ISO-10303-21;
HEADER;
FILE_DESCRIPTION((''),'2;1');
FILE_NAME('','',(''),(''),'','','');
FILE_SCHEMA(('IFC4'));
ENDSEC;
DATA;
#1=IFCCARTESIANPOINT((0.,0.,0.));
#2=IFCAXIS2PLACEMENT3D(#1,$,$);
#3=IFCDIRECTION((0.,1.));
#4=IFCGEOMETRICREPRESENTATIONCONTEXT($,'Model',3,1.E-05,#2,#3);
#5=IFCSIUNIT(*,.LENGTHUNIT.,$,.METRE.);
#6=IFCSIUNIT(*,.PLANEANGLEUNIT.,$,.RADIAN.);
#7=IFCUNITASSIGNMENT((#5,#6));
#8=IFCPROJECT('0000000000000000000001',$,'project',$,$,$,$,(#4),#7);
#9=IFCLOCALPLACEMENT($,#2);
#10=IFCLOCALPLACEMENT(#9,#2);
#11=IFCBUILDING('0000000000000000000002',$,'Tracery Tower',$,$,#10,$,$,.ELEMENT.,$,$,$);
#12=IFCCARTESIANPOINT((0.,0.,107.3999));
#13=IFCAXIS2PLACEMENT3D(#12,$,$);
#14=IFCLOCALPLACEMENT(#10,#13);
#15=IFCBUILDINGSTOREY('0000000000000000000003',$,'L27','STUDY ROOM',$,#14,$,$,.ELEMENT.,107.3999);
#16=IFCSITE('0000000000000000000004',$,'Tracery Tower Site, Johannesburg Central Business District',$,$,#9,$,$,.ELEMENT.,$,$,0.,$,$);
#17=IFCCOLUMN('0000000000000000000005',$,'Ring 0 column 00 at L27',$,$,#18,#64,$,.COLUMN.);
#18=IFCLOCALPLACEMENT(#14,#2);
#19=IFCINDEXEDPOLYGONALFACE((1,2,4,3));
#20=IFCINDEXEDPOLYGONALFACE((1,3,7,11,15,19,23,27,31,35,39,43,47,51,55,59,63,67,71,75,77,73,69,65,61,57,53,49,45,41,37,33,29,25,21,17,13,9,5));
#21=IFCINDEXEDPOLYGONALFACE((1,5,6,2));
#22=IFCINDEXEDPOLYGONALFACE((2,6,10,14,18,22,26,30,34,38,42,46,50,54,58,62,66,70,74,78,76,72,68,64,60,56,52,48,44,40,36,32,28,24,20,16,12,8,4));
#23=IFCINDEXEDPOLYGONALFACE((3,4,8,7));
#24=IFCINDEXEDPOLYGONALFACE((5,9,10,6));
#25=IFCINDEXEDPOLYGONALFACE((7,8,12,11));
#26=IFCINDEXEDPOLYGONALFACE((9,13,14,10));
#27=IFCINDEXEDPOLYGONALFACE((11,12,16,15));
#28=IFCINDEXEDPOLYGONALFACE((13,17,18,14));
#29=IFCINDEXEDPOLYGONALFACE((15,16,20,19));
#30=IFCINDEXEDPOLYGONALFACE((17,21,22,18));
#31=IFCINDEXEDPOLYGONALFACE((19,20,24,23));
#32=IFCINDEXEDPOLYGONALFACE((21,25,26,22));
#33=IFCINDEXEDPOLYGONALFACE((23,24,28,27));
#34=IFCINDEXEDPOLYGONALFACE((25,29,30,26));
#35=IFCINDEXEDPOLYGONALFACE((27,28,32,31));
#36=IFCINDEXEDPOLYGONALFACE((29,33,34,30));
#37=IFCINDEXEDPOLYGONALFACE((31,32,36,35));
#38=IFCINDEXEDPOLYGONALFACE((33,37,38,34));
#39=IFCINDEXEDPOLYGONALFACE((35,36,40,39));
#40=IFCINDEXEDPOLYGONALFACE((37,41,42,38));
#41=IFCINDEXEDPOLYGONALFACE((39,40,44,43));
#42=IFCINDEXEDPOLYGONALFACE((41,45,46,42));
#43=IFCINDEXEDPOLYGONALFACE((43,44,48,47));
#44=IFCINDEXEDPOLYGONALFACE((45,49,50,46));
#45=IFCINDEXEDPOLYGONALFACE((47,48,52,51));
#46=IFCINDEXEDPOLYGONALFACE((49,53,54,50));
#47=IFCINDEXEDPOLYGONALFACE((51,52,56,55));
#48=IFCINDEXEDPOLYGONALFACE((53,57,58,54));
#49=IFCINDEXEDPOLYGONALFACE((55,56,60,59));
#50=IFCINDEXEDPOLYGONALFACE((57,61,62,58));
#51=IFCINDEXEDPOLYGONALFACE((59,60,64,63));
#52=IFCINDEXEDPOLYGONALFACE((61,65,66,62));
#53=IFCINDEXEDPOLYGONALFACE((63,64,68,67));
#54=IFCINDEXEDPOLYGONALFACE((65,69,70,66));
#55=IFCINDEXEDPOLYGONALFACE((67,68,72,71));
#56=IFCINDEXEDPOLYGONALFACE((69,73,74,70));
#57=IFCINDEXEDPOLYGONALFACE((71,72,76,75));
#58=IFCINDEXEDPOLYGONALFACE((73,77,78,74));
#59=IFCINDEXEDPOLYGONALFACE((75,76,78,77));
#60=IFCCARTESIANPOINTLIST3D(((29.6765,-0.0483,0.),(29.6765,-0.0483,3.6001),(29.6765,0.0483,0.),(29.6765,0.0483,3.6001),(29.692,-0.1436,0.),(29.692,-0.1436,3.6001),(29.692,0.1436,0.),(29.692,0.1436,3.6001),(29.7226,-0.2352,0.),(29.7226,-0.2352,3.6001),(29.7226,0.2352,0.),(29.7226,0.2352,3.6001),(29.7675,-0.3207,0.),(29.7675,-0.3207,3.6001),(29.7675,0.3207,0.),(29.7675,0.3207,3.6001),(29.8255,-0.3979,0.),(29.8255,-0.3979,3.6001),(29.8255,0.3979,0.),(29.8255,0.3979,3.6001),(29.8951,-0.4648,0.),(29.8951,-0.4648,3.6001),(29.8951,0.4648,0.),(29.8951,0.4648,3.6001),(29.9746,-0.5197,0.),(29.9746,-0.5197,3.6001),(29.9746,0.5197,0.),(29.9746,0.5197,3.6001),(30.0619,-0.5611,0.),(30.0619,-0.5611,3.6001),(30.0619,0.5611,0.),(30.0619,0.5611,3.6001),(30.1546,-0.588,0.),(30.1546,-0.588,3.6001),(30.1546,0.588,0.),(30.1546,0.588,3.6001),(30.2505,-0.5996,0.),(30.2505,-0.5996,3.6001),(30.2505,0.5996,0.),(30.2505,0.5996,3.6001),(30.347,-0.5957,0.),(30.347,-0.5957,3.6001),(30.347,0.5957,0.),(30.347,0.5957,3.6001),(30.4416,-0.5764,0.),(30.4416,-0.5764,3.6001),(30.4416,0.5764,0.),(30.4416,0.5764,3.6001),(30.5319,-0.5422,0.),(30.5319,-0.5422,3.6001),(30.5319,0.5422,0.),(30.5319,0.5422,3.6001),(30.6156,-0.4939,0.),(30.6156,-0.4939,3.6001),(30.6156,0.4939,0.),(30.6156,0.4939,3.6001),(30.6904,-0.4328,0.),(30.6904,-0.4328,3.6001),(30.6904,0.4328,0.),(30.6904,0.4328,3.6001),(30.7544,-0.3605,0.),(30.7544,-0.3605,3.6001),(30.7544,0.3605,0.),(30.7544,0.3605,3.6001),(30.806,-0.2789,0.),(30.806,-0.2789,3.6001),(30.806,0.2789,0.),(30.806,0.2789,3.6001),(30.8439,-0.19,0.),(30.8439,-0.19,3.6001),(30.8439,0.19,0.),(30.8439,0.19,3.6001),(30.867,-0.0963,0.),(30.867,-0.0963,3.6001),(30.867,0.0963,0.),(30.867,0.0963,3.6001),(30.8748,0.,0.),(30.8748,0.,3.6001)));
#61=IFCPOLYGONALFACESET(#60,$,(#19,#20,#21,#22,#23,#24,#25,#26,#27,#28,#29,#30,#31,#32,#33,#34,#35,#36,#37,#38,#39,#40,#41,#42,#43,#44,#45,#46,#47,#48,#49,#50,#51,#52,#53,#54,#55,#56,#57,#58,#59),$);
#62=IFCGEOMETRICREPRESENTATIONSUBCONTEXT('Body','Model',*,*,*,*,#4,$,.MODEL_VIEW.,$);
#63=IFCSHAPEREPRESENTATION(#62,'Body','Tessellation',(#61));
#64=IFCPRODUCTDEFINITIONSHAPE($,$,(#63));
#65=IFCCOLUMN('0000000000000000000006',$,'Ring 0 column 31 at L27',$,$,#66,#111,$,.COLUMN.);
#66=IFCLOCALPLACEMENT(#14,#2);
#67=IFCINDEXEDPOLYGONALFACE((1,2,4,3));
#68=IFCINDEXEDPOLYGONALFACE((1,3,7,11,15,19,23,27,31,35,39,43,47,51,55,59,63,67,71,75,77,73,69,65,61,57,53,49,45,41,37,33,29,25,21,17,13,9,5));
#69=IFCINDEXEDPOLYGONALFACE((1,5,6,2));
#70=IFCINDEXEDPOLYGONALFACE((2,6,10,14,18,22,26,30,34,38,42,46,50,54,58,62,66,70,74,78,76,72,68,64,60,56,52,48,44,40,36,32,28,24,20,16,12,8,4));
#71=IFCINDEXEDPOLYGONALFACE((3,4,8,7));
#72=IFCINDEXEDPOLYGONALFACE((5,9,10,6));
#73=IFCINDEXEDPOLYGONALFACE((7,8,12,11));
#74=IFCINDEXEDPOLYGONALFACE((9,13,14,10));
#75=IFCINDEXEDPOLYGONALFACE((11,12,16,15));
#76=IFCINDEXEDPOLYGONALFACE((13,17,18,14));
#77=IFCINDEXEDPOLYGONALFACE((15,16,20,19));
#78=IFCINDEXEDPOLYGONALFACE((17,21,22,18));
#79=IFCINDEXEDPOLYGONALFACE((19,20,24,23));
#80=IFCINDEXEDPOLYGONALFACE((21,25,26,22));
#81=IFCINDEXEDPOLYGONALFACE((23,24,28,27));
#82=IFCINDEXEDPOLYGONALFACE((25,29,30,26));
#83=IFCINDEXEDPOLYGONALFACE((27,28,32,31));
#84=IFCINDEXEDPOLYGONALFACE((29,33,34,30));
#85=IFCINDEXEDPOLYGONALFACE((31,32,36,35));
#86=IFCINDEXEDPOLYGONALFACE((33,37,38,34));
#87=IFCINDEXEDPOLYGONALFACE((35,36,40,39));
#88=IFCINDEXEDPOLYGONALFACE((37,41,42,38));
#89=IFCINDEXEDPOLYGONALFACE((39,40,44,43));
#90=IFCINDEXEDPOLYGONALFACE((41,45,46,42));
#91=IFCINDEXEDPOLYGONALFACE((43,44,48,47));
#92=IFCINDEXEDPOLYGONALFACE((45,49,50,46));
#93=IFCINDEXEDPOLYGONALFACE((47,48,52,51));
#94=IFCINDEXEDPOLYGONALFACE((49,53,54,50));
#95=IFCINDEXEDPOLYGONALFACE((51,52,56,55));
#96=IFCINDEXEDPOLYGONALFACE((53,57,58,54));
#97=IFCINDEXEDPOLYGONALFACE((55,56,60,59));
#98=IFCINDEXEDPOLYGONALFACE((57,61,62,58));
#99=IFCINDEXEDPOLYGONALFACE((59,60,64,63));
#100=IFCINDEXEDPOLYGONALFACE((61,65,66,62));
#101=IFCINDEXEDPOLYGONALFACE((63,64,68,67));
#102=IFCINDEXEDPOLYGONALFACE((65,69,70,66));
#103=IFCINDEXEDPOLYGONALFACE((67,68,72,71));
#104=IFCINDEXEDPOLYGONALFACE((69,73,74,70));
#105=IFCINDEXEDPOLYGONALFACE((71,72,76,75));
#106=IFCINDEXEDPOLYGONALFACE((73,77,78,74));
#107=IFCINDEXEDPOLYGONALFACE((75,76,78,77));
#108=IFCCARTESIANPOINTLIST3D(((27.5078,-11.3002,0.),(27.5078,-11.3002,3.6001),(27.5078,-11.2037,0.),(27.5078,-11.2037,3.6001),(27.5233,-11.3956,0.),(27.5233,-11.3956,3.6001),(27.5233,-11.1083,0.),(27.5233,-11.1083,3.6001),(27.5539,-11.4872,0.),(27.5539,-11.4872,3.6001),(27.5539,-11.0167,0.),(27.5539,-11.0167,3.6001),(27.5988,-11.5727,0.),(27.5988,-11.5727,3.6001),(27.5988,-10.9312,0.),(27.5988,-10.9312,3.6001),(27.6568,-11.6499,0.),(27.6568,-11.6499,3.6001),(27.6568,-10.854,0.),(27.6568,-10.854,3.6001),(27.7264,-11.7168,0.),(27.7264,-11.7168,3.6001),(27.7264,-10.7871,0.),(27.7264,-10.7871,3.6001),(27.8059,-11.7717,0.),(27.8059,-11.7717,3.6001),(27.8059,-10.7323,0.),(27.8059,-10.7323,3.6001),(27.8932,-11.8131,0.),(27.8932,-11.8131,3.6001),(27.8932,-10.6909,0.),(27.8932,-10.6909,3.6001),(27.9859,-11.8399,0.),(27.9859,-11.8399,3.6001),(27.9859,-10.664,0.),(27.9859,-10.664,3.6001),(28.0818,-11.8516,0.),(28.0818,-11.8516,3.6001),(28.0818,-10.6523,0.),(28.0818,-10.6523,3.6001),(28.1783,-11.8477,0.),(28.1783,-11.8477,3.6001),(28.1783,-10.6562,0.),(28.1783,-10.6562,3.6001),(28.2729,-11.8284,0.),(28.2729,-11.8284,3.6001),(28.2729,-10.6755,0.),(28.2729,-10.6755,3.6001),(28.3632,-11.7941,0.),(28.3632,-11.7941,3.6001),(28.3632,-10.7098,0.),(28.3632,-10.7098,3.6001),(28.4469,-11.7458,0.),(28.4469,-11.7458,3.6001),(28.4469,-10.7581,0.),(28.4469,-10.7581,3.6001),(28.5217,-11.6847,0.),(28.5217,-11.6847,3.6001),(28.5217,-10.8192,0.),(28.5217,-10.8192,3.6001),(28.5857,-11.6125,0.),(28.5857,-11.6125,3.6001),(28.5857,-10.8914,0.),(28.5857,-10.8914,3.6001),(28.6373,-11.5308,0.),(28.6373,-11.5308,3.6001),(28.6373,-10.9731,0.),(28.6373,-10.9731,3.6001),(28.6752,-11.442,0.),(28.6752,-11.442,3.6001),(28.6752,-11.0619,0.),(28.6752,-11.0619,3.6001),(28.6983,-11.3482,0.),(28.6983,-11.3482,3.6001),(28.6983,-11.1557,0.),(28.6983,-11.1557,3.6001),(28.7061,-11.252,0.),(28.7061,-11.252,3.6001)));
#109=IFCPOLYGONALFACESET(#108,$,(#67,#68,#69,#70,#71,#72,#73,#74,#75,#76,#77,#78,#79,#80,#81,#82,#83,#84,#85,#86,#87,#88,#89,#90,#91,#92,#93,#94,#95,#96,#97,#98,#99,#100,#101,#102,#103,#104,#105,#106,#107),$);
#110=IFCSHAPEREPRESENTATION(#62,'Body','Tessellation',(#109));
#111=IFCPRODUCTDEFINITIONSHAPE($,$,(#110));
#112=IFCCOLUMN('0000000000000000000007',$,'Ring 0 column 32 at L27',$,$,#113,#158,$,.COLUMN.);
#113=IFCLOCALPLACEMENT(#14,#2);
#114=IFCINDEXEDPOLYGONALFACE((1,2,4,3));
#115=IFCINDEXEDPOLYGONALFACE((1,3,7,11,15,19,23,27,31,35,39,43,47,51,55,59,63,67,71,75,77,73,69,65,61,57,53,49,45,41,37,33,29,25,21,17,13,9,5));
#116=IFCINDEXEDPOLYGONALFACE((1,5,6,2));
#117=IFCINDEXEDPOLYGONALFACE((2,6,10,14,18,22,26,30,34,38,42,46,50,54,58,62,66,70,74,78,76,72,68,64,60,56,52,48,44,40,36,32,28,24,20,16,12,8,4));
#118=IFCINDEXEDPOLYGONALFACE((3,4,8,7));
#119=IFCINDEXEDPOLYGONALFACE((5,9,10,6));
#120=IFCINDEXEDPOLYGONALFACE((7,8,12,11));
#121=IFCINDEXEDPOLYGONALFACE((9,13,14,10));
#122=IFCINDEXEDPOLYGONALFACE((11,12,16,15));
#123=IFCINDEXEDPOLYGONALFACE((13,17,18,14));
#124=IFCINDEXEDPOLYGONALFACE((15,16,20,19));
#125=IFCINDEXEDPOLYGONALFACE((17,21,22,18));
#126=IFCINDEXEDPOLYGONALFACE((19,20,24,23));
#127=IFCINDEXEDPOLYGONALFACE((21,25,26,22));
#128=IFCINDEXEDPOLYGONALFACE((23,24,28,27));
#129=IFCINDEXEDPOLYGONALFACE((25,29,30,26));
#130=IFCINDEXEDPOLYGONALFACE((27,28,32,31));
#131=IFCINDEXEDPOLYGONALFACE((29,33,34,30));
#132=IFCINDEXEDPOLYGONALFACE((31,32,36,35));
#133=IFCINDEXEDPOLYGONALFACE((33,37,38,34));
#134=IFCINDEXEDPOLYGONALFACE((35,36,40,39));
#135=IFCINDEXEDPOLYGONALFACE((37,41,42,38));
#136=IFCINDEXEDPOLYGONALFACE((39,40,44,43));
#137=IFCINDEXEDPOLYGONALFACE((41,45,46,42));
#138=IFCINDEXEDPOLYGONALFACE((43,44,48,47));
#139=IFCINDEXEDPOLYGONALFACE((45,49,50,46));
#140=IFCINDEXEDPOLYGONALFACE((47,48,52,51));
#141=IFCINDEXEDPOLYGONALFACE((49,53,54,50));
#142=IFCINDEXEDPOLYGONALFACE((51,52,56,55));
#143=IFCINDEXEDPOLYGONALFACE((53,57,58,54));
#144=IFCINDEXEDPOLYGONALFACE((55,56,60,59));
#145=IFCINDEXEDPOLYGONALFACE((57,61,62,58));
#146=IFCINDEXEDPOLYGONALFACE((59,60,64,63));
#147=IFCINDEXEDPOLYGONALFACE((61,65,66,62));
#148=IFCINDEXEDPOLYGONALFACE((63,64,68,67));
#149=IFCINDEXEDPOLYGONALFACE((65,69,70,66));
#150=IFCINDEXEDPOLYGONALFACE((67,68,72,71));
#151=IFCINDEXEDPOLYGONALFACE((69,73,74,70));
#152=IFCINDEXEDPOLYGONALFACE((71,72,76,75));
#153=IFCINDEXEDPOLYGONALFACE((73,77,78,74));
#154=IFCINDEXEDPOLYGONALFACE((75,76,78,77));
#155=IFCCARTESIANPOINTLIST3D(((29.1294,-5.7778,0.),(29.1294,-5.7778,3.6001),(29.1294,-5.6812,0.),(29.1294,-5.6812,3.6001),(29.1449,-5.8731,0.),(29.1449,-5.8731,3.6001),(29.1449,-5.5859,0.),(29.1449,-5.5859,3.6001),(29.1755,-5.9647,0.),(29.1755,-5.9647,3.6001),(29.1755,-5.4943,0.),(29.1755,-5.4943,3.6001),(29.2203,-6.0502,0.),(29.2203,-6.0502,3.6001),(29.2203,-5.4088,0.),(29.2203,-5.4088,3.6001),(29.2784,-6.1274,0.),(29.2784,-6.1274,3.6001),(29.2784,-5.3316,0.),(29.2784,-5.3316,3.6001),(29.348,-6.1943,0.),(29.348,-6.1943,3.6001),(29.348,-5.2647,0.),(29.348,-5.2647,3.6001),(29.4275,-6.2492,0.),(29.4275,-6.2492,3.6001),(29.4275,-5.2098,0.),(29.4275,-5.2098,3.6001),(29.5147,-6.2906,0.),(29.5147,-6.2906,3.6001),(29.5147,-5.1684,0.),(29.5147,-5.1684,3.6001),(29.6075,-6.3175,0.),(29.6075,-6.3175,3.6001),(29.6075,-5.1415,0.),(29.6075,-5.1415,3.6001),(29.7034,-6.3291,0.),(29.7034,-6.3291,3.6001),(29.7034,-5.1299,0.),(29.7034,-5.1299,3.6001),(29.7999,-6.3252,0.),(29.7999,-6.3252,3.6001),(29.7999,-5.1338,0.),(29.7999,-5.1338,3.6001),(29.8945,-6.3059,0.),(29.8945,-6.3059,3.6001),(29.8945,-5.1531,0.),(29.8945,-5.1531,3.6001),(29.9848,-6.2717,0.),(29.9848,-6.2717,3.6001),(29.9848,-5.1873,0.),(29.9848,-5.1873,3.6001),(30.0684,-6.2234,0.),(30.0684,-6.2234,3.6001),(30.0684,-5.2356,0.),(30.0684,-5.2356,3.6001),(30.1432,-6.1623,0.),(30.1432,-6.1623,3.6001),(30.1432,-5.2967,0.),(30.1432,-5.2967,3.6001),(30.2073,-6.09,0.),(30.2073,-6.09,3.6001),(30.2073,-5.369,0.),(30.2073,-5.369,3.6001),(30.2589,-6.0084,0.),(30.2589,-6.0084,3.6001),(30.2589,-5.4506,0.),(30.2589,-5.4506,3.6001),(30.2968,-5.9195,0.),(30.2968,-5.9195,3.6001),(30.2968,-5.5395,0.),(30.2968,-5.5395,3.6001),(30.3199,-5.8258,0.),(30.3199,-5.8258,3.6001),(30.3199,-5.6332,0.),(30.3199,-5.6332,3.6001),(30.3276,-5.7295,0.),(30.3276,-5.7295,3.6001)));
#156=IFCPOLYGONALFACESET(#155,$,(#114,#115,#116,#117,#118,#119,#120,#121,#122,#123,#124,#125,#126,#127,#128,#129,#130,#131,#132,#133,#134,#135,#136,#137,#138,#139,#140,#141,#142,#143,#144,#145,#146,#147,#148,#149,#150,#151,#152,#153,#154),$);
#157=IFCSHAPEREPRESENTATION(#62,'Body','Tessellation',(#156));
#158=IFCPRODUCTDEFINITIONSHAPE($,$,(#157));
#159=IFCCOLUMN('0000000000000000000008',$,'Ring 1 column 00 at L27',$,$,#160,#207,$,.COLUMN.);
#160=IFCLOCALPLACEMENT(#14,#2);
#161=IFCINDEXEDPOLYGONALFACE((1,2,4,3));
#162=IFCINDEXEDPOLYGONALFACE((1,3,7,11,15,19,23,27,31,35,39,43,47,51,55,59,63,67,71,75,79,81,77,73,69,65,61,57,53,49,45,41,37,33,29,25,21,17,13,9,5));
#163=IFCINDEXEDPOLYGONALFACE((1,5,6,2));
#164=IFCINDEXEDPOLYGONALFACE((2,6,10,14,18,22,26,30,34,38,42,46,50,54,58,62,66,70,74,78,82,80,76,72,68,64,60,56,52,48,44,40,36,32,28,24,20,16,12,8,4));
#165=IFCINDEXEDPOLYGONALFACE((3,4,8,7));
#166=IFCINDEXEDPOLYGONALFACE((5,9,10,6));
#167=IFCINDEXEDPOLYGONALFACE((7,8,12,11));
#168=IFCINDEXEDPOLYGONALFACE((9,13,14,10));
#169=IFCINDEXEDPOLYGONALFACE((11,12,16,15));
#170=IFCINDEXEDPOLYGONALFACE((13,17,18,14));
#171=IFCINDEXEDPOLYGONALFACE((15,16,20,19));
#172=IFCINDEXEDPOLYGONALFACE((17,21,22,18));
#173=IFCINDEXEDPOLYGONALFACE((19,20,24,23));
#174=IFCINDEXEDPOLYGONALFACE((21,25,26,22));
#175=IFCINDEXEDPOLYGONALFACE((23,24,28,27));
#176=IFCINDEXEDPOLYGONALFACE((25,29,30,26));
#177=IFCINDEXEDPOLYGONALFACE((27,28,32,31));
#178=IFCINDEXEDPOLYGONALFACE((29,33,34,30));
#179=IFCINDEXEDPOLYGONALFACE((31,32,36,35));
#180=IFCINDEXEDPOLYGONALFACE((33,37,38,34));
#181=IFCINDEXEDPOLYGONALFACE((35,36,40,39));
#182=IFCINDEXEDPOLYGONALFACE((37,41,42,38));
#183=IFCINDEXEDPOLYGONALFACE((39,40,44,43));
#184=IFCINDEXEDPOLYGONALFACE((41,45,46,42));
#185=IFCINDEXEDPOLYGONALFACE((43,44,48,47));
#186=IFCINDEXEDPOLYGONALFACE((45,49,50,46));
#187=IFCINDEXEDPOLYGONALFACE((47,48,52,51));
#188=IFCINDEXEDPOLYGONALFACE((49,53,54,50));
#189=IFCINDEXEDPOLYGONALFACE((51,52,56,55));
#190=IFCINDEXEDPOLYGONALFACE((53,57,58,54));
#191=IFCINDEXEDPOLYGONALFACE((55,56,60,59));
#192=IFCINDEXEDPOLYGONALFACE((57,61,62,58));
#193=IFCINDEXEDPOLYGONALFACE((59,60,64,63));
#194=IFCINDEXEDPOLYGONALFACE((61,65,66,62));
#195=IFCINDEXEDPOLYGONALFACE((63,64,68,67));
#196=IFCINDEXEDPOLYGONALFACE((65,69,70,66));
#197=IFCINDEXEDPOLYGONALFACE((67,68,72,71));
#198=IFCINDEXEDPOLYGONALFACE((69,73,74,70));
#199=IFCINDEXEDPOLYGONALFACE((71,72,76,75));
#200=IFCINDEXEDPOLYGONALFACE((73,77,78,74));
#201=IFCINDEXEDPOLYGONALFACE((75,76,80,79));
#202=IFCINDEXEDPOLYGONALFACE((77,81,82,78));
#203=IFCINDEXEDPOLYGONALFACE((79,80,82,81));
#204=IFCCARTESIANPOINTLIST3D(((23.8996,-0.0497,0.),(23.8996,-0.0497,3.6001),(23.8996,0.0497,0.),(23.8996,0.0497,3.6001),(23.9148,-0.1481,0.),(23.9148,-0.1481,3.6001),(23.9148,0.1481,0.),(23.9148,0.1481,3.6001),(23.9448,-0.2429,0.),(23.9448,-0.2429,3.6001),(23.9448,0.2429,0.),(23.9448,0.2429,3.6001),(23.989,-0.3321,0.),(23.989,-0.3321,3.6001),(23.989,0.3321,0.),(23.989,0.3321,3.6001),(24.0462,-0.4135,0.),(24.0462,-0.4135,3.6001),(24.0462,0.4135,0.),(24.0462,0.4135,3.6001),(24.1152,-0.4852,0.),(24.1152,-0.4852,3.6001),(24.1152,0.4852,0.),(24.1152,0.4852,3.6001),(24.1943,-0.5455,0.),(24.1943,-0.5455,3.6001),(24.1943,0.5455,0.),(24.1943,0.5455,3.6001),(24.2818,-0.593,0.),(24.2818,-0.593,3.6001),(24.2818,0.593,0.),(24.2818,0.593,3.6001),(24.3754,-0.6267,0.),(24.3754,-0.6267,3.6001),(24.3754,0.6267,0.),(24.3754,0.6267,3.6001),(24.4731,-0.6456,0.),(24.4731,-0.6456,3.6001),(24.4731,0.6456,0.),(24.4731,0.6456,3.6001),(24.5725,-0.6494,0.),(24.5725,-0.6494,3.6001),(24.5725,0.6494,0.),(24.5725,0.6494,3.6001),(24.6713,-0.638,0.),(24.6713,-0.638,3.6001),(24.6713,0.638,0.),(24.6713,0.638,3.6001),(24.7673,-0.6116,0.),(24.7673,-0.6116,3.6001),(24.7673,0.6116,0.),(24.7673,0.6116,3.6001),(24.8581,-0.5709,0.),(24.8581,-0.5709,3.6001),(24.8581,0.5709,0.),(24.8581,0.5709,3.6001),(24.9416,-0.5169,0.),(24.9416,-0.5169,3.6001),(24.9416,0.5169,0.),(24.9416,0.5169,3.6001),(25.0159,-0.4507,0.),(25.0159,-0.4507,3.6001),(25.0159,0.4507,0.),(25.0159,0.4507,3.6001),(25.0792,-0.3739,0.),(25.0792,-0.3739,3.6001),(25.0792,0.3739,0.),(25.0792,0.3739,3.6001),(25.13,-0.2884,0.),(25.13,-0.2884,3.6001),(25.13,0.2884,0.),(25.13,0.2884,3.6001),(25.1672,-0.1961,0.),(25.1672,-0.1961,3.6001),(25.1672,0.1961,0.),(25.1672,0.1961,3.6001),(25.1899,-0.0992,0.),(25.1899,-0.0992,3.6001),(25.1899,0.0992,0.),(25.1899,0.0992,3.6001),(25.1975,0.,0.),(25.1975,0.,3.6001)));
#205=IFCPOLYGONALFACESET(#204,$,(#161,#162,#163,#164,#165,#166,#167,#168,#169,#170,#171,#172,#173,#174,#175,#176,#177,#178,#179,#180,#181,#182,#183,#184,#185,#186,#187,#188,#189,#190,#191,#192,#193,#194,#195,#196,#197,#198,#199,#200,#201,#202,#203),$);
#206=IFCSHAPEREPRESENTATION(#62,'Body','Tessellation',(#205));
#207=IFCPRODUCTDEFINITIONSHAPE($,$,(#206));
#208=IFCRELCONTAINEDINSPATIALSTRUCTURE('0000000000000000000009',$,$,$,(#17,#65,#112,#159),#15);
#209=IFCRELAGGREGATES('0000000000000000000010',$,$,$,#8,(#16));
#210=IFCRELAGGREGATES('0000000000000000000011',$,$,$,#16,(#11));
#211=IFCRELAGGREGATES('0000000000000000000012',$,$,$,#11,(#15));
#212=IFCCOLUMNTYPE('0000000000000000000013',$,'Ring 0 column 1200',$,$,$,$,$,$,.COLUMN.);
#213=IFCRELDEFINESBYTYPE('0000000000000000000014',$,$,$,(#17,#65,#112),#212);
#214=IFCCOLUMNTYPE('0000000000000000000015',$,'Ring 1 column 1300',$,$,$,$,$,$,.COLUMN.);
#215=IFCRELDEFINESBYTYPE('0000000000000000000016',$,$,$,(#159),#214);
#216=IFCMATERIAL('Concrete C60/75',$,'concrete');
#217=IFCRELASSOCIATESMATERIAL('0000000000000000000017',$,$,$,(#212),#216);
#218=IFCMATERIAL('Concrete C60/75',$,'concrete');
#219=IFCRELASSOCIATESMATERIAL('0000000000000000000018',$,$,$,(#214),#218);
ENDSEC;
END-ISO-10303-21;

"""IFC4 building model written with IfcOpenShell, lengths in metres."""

from ifc_helpers import new_model, si_unit, direction, frame, origin, origin_2d, place, context, subcontext, project, spatial, circle, extrude, material, material_profile, profile_set, type_object, element, save


model = new_model("IFC4")

# Units and contexts
model_context = context("Model", 3, precision=1e-05, world=origin(), true_north=direction((0.0, 1.0)))
body_context = subcontext(model_context, "Body", "Model", "MODEL_VIEW")
ifc_project = project(units=[si_unit("LENGTHUNIT", "METRE"), si_unit("PLANEANGLEUNIT", "RADIAN")], contexts=[model_context])

# Site, building, storey
site_placement = place(None, origin())
site = spatial("IfcSite", under=ifc_project, at=site_placement, Name="Tracery Tower Site, Johannesburg Central Business District", CompositionType="ELEMENT", RefElevation=0.0)
building_placement = place(site_placement, origin())
building = spatial("IfcBuilding", under=site, at=building_placement, Name="Tracery Tower", CompositionType="ELEMENT")
storey_placement = place(building_placement, frame((0.0, 0.0, 107.3999)))
storey = spatial("IfcBuildingStorey", under=building, at=storey_placement, Name="L27", Description="STUDY ROOM", CompositionType="ELEMENT", Elevation=107.3999)

# Columns
ifc_material_1 = material(Name="Concrete C60/75", Category="concrete")
ifc_material_profile_1 = material_profile(ifc_material_1, circle(Radius=0.6001, at=origin_2d()), Name="RC D1200")
ifc_profile_set_1 = profile_set([ifc_material_profile_1], Name="Concrete C60/75")
column_type_1 = type_object("IfcColumnType", Name="Ring 0 column 1200", PredefinedType="COLUMN", material=ifc_profile_set_1)
for number, where, z_axis, x_axis, name in (
    (1, (30.2747, 0.0, 0.0), (0.0, 0.0, 1.0), (1.0, 0.0, 0.0), "Ring 0 column 00 at L27"),
    (2, (28.106, -11.252, 0.0), (0.0, 0.0, 1.0), (1.0, 0.0, 0.0), "Ring 0 column 31 at L27"),
    (3, (29.7275, -5.7295, 0.0), (0.0, 0.0, 1.0), (1.0, 0.0, 0.0), "Ring 0 column 32 at L27"),
):
    element("IfcColumn", number, at=place(storey_placement, frame(where, z_axis=z_axis, x_axis=x_axis)), inside=storey, type_object=column_type_1, Name=name, PredefinedType="COLUMN", context=body_context, shape_type="SweptSolid", body=[
        extrude(circle(Radius=0.6001, at=origin_2d()), origin(), (0.0, 0.0, 1.0), 3.6001),
    ])
ifc_material_2 = material(Name="Concrete C60/75", Category="concrete")
ifc_material_profile_2 = material_profile(ifc_material_2, circle(Radius=0.6499, at=origin_2d()), Name="RC D1300")
ifc_profile_set_2 = profile_set([ifc_material_profile_2], Name="Concrete C60/75")
column_type_2 = type_object("IfcColumnType", Name="Ring 1 column 1300", PredefinedType="COLUMN", material=ifc_profile_set_2)
for number, where, z_axis, x_axis, name in (
    (4, (24.5476, 0.0, 0.0), (0.0, 0.0, 1.0), (1.0, 0.0, 0.0), "Ring 1 column 00 at L27"),
):
    element("IfcColumn", number, at=place(storey_placement, frame(where, z_axis=z_axis, x_axis=x_axis)), inside=storey, type_object=column_type_2, Name=name, PredefinedType="COLUMN", context=body_context, shape_type="SweptSolid", body=[
        extrude(circle(Radius=0.6499, at=origin_2d()), origin(), (0.0, 0.0, 1.0), 3.6001),
    ])

save(model, "model.ifc")
